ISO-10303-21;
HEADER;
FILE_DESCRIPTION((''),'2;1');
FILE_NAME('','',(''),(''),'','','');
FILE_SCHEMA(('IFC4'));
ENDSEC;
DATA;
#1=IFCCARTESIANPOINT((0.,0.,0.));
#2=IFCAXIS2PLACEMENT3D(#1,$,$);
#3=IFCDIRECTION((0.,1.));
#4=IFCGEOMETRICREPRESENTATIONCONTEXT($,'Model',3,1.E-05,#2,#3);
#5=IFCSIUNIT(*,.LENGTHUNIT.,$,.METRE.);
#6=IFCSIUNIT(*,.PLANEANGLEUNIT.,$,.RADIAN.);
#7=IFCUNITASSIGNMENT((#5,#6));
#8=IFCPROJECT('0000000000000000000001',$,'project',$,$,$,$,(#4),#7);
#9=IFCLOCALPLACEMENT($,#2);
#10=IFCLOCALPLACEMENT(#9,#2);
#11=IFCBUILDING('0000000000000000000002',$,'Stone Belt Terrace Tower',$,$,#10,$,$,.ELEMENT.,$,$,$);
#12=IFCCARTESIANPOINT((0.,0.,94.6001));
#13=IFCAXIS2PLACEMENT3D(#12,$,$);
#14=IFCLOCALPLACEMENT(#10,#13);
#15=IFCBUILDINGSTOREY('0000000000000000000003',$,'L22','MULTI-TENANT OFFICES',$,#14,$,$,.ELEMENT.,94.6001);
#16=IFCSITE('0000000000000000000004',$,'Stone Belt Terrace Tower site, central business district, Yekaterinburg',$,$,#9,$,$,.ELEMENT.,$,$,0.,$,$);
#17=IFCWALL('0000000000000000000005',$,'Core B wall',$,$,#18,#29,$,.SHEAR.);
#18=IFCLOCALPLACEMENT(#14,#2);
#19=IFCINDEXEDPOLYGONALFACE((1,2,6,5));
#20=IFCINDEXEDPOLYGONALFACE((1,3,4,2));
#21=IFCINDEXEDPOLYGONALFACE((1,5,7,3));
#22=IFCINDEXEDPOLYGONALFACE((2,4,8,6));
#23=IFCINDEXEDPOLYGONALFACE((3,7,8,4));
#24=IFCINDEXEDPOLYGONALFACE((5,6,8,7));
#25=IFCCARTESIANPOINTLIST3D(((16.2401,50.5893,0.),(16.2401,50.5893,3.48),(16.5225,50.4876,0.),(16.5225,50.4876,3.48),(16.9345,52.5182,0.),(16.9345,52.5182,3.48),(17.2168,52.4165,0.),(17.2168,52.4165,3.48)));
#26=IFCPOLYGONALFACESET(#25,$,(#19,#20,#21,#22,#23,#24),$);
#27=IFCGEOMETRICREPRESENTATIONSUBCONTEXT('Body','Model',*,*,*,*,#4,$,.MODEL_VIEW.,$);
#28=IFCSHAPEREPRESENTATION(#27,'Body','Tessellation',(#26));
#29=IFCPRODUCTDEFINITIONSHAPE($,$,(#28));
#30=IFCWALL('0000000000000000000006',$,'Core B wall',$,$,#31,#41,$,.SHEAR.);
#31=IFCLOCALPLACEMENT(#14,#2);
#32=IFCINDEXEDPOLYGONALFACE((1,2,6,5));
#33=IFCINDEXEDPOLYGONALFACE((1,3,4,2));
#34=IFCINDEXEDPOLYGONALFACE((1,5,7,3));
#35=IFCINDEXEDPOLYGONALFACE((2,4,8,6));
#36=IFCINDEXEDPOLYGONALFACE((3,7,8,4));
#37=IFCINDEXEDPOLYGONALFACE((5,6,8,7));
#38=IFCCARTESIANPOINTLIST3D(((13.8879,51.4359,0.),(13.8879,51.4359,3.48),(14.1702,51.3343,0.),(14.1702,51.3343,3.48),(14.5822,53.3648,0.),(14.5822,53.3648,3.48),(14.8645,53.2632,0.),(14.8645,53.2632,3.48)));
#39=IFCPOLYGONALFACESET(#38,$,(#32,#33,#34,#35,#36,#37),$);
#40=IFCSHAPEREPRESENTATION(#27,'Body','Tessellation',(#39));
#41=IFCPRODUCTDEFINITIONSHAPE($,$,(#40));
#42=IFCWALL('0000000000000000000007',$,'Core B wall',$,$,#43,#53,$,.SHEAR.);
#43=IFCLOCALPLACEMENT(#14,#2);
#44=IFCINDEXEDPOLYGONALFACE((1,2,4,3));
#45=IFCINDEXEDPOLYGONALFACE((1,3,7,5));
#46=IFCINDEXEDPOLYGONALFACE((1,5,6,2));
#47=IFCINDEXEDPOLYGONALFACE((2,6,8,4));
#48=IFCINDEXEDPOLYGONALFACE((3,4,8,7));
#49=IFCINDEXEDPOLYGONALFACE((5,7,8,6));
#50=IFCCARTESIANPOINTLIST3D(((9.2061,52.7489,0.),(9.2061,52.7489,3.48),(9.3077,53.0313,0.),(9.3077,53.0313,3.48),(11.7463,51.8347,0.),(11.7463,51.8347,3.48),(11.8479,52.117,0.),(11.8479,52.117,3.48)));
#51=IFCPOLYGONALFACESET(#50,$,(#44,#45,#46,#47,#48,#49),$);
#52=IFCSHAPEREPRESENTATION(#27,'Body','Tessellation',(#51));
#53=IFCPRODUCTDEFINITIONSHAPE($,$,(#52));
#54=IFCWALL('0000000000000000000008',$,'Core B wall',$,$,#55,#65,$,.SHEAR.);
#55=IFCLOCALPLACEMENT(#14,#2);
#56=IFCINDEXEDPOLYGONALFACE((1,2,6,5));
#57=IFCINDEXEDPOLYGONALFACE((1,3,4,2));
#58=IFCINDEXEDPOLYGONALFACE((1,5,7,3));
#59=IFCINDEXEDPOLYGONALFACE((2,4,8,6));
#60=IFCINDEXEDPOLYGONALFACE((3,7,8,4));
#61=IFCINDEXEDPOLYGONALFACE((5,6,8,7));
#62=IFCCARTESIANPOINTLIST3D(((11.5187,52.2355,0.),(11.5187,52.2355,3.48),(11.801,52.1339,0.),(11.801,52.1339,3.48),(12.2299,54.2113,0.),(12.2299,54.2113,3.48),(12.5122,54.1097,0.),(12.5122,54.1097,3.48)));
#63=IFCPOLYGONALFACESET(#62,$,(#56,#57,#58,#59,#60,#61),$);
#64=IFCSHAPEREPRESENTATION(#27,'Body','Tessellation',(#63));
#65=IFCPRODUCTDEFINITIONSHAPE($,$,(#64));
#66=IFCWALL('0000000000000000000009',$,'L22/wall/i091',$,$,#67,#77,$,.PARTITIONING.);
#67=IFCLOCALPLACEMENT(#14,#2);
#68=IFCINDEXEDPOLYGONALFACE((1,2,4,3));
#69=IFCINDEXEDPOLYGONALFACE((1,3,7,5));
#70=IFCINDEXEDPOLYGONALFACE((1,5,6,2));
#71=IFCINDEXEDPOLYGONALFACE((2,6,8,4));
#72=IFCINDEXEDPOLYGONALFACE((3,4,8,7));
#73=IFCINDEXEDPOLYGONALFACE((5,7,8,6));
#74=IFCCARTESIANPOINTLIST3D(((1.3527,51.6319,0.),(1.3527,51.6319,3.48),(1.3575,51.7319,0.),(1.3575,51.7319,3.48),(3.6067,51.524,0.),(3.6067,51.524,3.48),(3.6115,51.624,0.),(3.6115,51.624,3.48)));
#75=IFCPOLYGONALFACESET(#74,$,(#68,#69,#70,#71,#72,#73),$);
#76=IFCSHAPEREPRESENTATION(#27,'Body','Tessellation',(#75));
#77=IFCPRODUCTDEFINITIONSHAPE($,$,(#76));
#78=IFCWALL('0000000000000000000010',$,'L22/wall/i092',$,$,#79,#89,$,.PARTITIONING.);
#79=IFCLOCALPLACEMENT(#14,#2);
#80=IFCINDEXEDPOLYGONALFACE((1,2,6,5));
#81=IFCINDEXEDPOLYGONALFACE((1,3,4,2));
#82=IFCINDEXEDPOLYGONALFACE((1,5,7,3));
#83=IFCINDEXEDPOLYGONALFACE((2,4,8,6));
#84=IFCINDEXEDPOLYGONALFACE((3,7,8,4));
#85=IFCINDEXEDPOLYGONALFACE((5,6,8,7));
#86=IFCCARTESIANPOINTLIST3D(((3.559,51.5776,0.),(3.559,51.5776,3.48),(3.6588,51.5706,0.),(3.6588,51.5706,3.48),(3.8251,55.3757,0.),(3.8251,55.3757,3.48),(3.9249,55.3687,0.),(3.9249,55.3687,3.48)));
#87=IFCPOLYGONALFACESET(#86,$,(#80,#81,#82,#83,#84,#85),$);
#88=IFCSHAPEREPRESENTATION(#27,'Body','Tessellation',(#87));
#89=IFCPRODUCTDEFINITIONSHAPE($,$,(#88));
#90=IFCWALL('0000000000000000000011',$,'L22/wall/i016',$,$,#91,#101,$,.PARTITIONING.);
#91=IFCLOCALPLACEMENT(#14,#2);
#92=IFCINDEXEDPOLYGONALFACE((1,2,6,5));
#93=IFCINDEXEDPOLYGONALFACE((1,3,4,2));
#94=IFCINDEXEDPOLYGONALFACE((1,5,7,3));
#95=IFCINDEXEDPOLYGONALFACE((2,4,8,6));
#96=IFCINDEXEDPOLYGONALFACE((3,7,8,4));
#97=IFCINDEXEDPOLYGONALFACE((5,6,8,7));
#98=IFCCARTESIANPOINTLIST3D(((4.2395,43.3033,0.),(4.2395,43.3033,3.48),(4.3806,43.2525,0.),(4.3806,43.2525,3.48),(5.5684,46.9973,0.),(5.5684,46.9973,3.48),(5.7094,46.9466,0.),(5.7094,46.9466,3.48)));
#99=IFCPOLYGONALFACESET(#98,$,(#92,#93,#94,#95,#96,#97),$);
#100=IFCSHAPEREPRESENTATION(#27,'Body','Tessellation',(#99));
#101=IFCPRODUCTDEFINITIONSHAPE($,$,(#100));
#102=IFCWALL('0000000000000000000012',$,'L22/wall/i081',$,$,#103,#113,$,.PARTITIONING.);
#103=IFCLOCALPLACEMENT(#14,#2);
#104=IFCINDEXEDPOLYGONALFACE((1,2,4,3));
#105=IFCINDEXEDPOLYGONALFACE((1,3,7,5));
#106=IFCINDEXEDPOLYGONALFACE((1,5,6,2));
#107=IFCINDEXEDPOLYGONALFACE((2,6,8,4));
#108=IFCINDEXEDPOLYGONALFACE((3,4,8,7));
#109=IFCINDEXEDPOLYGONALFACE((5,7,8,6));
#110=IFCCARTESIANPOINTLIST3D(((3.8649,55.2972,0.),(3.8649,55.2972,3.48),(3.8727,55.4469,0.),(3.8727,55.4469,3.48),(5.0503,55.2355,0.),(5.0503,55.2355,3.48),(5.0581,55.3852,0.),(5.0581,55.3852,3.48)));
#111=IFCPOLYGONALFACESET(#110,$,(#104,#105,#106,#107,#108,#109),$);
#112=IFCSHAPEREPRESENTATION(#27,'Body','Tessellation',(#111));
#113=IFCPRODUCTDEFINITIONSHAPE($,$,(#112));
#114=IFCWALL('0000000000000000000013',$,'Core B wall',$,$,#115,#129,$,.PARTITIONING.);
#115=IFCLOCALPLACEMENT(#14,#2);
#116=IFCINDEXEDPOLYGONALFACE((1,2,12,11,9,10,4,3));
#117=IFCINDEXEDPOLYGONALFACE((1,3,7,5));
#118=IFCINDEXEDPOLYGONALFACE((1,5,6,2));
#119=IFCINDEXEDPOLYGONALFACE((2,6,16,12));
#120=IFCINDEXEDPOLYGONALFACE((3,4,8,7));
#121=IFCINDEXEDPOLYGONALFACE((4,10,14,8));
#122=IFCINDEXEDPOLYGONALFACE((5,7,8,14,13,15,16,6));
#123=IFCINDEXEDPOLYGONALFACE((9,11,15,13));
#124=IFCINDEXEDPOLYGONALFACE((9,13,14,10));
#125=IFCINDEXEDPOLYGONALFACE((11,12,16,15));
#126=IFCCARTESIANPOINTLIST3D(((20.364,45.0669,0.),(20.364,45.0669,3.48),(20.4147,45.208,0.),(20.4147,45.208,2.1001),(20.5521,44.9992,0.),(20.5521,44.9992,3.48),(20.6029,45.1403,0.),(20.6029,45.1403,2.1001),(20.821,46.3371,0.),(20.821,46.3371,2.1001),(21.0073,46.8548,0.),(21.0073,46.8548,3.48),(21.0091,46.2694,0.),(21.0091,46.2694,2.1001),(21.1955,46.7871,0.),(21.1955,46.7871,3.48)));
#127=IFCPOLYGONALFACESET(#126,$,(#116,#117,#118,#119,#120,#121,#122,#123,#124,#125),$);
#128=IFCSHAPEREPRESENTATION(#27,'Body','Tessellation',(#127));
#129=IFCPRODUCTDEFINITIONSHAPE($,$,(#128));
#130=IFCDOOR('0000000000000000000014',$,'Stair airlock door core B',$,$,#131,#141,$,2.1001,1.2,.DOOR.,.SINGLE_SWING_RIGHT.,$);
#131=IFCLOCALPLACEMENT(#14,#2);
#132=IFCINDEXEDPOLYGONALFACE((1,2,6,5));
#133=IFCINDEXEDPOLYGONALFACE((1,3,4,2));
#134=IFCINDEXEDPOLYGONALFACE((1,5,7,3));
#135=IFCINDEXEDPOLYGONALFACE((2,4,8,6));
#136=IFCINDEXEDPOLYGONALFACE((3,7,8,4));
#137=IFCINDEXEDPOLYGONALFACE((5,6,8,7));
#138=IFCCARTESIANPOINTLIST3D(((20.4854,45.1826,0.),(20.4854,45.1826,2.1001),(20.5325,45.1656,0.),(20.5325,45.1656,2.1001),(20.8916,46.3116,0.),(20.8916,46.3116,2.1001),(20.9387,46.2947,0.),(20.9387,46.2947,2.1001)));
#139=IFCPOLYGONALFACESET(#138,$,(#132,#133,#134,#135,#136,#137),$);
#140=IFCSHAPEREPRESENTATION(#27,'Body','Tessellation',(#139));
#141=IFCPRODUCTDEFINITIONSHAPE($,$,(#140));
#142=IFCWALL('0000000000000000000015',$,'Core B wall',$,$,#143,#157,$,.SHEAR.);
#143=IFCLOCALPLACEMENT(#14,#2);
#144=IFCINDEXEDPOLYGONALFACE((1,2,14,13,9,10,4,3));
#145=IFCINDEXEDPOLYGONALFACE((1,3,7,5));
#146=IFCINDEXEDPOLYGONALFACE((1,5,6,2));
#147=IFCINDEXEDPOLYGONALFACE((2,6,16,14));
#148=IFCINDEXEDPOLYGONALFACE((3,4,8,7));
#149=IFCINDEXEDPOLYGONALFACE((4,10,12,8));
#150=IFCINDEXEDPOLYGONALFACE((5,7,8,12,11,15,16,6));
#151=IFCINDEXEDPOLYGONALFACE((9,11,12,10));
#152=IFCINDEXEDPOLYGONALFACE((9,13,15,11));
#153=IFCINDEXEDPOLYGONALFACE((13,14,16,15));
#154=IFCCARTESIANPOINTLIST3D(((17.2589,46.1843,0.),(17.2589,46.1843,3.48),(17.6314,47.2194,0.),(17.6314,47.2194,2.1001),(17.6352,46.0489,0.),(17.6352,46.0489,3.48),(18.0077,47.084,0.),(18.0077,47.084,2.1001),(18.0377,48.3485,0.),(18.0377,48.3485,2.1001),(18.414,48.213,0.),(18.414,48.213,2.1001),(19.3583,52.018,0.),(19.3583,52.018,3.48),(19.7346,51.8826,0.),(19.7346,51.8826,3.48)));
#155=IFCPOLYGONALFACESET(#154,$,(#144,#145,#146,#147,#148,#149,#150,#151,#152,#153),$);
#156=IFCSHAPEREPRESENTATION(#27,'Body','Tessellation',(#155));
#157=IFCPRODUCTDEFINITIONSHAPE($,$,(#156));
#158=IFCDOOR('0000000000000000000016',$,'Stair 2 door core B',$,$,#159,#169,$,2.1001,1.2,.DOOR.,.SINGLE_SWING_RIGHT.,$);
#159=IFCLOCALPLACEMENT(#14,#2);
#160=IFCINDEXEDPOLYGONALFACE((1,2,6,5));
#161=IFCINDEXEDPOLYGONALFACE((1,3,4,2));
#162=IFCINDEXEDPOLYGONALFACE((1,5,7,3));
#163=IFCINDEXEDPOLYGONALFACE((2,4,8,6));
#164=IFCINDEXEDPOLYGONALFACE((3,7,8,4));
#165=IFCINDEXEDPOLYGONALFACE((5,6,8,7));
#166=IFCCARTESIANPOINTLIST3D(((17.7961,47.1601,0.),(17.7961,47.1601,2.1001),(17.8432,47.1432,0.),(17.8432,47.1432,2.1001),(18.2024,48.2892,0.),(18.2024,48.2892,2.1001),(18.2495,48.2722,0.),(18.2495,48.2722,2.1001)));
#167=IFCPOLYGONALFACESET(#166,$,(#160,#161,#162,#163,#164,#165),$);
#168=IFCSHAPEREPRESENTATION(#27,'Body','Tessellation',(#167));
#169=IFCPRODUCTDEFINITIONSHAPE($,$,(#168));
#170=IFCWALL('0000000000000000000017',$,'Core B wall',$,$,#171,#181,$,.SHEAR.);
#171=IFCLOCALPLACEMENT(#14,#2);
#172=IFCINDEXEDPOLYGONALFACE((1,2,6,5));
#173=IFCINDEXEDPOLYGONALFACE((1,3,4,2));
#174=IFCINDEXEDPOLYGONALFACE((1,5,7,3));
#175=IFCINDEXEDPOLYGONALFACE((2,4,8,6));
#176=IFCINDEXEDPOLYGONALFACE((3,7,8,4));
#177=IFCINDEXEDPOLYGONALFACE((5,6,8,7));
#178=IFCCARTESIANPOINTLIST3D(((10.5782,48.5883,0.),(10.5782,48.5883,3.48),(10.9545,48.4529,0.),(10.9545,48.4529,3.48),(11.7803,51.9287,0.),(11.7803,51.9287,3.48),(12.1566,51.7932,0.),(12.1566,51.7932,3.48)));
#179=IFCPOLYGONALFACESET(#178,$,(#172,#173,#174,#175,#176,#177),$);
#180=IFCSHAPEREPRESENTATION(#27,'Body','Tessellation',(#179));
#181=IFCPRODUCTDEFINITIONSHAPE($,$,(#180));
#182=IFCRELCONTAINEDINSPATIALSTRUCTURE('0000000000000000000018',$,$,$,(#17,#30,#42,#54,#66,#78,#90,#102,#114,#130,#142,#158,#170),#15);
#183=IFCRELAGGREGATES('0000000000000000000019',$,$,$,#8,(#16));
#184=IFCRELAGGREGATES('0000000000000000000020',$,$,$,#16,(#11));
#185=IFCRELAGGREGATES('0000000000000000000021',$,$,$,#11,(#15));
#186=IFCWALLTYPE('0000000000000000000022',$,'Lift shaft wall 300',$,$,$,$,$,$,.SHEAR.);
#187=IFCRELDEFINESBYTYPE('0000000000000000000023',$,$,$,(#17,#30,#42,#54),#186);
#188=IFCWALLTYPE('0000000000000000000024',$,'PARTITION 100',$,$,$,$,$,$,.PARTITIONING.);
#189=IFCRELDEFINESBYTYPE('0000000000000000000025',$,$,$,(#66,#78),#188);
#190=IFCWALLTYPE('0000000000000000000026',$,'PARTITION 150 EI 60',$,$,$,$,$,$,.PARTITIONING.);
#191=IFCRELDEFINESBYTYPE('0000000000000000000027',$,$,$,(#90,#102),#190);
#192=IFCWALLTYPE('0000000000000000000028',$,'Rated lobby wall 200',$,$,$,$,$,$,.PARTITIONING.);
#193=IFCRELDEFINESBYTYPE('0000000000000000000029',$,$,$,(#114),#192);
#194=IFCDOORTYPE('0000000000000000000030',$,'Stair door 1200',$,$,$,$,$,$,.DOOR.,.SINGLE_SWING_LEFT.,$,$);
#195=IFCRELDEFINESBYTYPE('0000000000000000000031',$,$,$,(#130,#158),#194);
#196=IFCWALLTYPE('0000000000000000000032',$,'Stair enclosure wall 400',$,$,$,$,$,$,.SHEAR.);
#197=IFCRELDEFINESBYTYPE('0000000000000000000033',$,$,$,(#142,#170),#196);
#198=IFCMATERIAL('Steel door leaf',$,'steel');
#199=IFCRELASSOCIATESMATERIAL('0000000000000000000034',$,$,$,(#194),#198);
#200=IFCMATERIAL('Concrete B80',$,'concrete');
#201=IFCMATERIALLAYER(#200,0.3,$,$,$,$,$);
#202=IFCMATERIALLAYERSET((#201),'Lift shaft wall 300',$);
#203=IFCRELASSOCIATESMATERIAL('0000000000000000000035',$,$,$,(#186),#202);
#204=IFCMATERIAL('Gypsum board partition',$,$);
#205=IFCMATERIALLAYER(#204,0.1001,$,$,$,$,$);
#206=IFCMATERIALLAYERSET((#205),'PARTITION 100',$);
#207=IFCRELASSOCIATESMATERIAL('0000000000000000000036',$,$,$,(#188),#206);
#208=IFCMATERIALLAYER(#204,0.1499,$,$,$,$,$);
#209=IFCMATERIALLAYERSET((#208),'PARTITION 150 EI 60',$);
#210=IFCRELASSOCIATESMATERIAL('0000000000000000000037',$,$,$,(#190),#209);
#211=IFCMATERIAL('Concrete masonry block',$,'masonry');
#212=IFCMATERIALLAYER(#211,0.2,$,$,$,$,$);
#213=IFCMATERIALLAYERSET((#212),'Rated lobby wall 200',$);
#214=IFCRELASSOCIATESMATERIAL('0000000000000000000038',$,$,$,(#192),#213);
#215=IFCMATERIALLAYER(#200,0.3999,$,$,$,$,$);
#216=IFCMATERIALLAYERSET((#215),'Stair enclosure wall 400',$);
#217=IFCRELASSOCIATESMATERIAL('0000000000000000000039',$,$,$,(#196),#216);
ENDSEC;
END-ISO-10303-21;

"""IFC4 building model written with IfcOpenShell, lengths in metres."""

from ifc_helpers import new_model, si_unit, direction, frame, frame_2d, origin, place, context, subcontext, project, spatial, rectangle, extrude, material, layer, layer_set, type_object, element, fill, save


model = new_model("IFC4")

# Units and contexts
model_context = context("Model", 3, precision=1e-05, world=origin(), true_north=direction((0.0, 1.0)))
body_context = subcontext(model_context, "Body", "Model", "MODEL_VIEW")
ifc_project = project(units=[si_unit("LENGTHUNIT", "METRE"), si_unit("PLANEANGLEUNIT", "RADIAN")], contexts=[model_context])

# Site, building, storey
site_placement = place(None, origin())
site = spatial("IfcSite", under=ifc_project, at=site_placement, Name="Stone Belt Terrace Tower site, central business district, Yekaterinburg", CompositionType="ELEMENT", RefElevation=0.0)
building_placement = place(site_placement, origin())
building = spatial("IfcBuilding", under=site, at=building_placement, Name="Stone Belt Terrace Tower", CompositionType="ELEMENT")
storey_placement = place(building_placement, frame((0.0, 0.0, 94.6001)))
storey = spatial("IfcBuildingStorey", under=building, at=storey_placement, Name="L22", Description="MULTI-TENANT OFFICES", CompositionType="ELEMENT", Elevation=94.6001)

# Shared definitions
ifc_material_1 = material(Name="Concrete B80", Category="concrete")

# Shared definitions
ifc_material_2 = material(Name="Steel door leaf", Category="steel")
door_type_1 = type_object("IfcDoorType", Name="Stair door 1200", OperationType="SINGLE_SWING_LEFT", PredefinedType="DOOR", material=ifc_material_2)

# Walls
ifc_layer_1 = layer(ifc_material_1, 0.3)
ifc_layer_set_1 = layer_set([ifc_layer_1], Name="Lift shaft wall 300")
wall_type_1 = type_object("IfcWallType", Name="Lift shaft wall 300", PredefinedType="SHEAR", material=ifc_layer_set_1)
for number, where, z_axis, x_axis, name in (
    (1, (16.3813, 50.5386, 0.0), (0.0, 0.0, 1.0), (0.338682, 0.940901, 0.0), "Core B wall"),
    (2, (14.0291, 51.3853, 0.0), (0.0, 0.0, 1.0), (0.338682, 0.940901, 0.0), "Core B wall"),
):
    element("IfcWall", number, at=place(storey_placement, frame(where, z_axis=z_axis, x_axis=x_axis)), inside=storey, type_object=wall_type_1, Name=name, PredefinedType="SHEAR", context=body_context, shape_type="SweptSolid", body=[
        extrude(rectangle(XDim=2.05, YDim=0.3, at=frame_2d((1.0249, 0.0))), origin(), (0.0, 0.0, 1.0), 3.48),
    ])
wall_1_placement = place(storey_placement, frame((11.7971, 51.9758, 0.0), z_axis=(0.0, 0.0, 1.0), x_axis=(-0.94091, 0.338655, 0.0)))
element("IfcWall", 3, at=wall_1_placement, inside=storey, type_object=wall_type_1, Name="Core B wall", PredefinedType="SHEAR", context=body_context, shape_type="SweptSolid", body=[
    extrude(rectangle(XDim=2.6997, YDim=0.3, at=frame_2d((1.3499, 0.0))), origin(), (0.0, 0.0, 1.0), 3.48),
])
wall_2_placement = place(storey_placement, frame((11.6599, 52.1848, 0.0), z_axis=(0.0, 0.0, 1.0), x_axis=(0.33867, 0.940905, 0.0)))
element("IfcWall", 4, at=wall_2_placement, inside=storey, type_object=wall_type_1, Name="Core B wall", PredefinedType="SHEAR", context=body_context, shape_type="SweptSolid", body=[
    extrude(rectangle(XDim=2.0999, YDim=0.3, at=frame_2d((1.0498, 0.0))), origin(), (0.0, 0.0, 1.0), 3.48),
])
ifc_material_3 = material(Name="Gypsum board partition")
ifc_layer_2 = layer(ifc_material_3, 0.1001)
ifc_layer_set_2 = layer_set([ifc_layer_2], Name="PARTITION 100")
wall_type_2 = type_object("IfcWallType", Name="PARTITION 100", PredefinedType="PARTITIONING", material=ifc_layer_set_2)
wall_3_placement = place(storey_placement, frame((1.355, 51.6819, 0.0), z_axis=(0.0, 0.0, 1.0), x_axis=(0.998856, -0.047822, 0.0)))
element("IfcWall", 5, at=wall_3_placement, inside=storey, type_object=wall_type_2, Name="L22/wall/i091", PredefinedType="PARTITIONING", context=body_context, shape_type="SweptSolid", body=[
    extrude(rectangle(XDim=2.2566, YDim=0.1001, at=frame_2d((1.1284, 0.0))), origin(), (0.0, 0.0, 1.0), 3.48),
])
wall_4_placement = place(storey_placement, frame((3.6089, 51.574, 0.0), z_axis=(0.0, 0.0, 1.0), x_axis=(0.069894, 0.997554, 0.0)))
element("IfcWall", 6, at=wall_4_placement, inside=storey, type_object=wall_type_2, Name="L22/wall/i092", PredefinedType="PARTITIONING", context=body_context, shape_type="SweptSolid", body=[
    extrude(rectangle(XDim=3.8074, YDim=0.1001, at=frame_2d((1.9038, 0.0))), origin(), (0.0, 0.0, 1.0), 3.48),
])
ifc_layer_3 = layer(ifc_material_3, 0.1499)
ifc_layer_set_3 = layer_set([ifc_layer_3], Name="PARTITION 150 EI 60")
wall_type_3 = type_object("IfcWallType", Name="PARTITION 150 EI 60", PredefinedType="PARTITIONING", material=ifc_layer_set_3)
wall_5_placement = place(storey_placement, frame((5.6389, 46.9719, 0.0), z_axis=(0.0, 0.0, 1.0), x_axis=(-0.33849, -0.94097, 0.0)))
element("IfcWall", 7, at=wall_5_placement, inside=storey, type_object=wall_type_3, Name="L22/wall/i016", PredefinedType="PARTITIONING", context=body_context, shape_type="SweptSolid", body=[
    extrude(rectangle(XDim=3.9258, YDim=0.1499, at=frame_2d((1.9629, 0.0))), origin(), (0.0, 0.0, 1.0), 3.48),
])
wall_6_placement = place(storey_placement, frame((5.0542, 55.3103, 0.0), z_axis=(0.0, 0.0, 1.0), x_axis=(-0.998645, 0.052041, 0.0)))
element("IfcWall", 8, at=wall_6_placement, inside=storey, type_object=wall_type_3, Name="L22/wall/i081", PredefinedType="PARTITIONING", context=body_context, shape_type="SweptSolid", body=[
    extrude(rectangle(XDim=1.187, YDim=0.1499, at=frame_2d((0.5935, 0.0))), origin(), (0.0, 0.0, 1.0), 3.48),
])

# Walls, openings, doors
ifc_material_4 = material(Name="Concrete masonry block", Category="masonry")
ifc_layer_4 = layer(ifc_material_4, 0.2)
ifc_layer_set_4 = layer_set([ifc_layer_4], Name="Rated lobby wall 200")
wall_type_4 = type_object("IfcWallType", Name="Rated lobby wall 200", PredefinedType="PARTITIONING", material=ifc_layer_set_4)
wall_7_placement = place(storey_placement, frame((20.458, 45.033, 0.0), z_axis=(0.0, 0.0, 1.0), x_axis=(0.338574, 0.94094, 0.0)))
wall_7 = element("IfcWall", 9, at=wall_7_placement, inside=storey, type_object=wall_type_4, Name="Core B wall", PredefinedType="PARTITIONING", context=body_context, shape_type="SweptSolid", body=[
    extrude(rectangle(XDim=1.9001, YDim=0.2, at=frame_2d((0.9502, 0.0))), origin(), (0.0, 0.0, 1.0), 3.48),
])
opening_1_placement = place(wall_7_placement, frame((0.1499, 0.0, 0.0)))
opening_1 = element("IfcOpeningElement", 10, at=opening_1_placement, cuts=wall_7, PredefinedType="OPENING", context=body_context, shape_type="SweptSolid", body=[
    extrude(rectangle(XDim=1.2, YDim=2.1001, at=frame_2d((0.6001, 1.05))), frame((0.0, 0.1099, 0.0), z_axis=(0.0, -1.0, 0.0), x_axis=(1.0, 0.0, 0.0)), (0.0, 0.0, 1.0), 0.22),
])
door_1_placement = place(opening_1_placement, origin())
door_1 = element("IfcDoor", 11, at=door_1_placement, inside=storey, type_object=door_type_1, Name="Stair airlock door core B", OperationType="SINGLE_SWING_RIGHT", OverallHeight=2.1001, OverallWidth=1.2, PredefinedType="DOOR", context=body_context, shape_type="SweptSolid", body=[
    extrude(rectangle(XDim=1.2, YDim=2.1001, at=frame_2d((0.6001, 1.05))), frame((0.0, 0.0249, 0.0), z_axis=(0.0, -1.0, 0.0), x_axis=(1.0, 0.0, 0.0)), (0.0, 0.0, 1.0), 0.05),
])
fill(opening_1, door_1)
ifc_layer_5 = layer(ifc_material_1, 0.3999)
ifc_layer_set_5 = layer_set([ifc_layer_5], Name="Stair enclosure wall 400")
wall_type_5 = type_object("IfcWallType", Name="Stair enclosure wall 400", PredefinedType="SHEAR", material=ifc_layer_set_5)
wall_8_placement = place(storey_placement, frame((17.447, 46.1165, 0.0), z_axis=(0.0, 0.0, 1.0), x_axis=(0.338608, 0.940928, 0.0)))
wall_8 = element("IfcWall", 12, at=wall_8_placement, inside=storey, type_object=wall_type_5, Name="Core B wall", PredefinedType="SHEAR", context=body_context, shape_type="SweptSolid", body=[
    extrude(rectangle(XDim=6.2, YDim=0.3999, at=frame_2d((3.1001, 0.0))), origin(), (0.0, 0.0, 1.0), 3.48),
])
opening_2_placement = place(wall_8_placement, frame((1.1001, 0.0, 0.0)))
opening_2 = element("IfcOpeningElement", 13, at=opening_2_placement, cuts=wall_8, PredefinedType="OPENING", context=body_context, shape_type="SweptSolid", body=[
    extrude(rectangle(XDim=1.2, YDim=2.1001, at=frame_2d((0.6001, 1.05))), frame((0.0, 0.21, 0.0), z_axis=(0.0, -1.0, 0.0), x_axis=(1.0, 0.0, 0.0)), (0.0, 0.0, 1.0), 0.4199),
])
door_2_placement = place(opening_2_placement, origin())
door_2 = element("IfcDoor", 14, at=door_2_placement, inside=storey, type_object=door_type_1, Name="Stair 2 door core B", OperationType="SINGLE_SWING_RIGHT", OverallHeight=2.1001, OverallWidth=1.2, PredefinedType="DOOR", context=body_context, shape_type="SweptSolid", body=[
    extrude(rectangle(XDim=1.2, YDim=2.1001, at=frame_2d((0.6001, 1.05))), frame((0.0, 0.0249, 0.0), z_axis=(0.0, -1.0, 0.0), x_axis=(1.0, 0.0, 0.0)), (0.0, 0.0, 1.0), 0.05),
])
fill(opening_2, door_2)

# Wall
wall_9_placement = place(storey_placement, frame((10.7664, 48.5208, 0.0), z_axis=(0.0, 0.0, 1.0), x_axis=(0.338627, 0.940921, 0.0)))
element("IfcWall", 15, at=wall_9_placement, inside=storey, type_object=wall_type_5, Name="Core B wall", PredefinedType="SHEAR", context=body_context, shape_type="SweptSolid", body=[
    extrude(rectangle(XDim=3.55, YDim=0.3999, at=frame_2d((1.7749, 0.0))), origin(), (0.0, 0.0, 1.0), 3.48),
])

save(model, "model.ifc")
